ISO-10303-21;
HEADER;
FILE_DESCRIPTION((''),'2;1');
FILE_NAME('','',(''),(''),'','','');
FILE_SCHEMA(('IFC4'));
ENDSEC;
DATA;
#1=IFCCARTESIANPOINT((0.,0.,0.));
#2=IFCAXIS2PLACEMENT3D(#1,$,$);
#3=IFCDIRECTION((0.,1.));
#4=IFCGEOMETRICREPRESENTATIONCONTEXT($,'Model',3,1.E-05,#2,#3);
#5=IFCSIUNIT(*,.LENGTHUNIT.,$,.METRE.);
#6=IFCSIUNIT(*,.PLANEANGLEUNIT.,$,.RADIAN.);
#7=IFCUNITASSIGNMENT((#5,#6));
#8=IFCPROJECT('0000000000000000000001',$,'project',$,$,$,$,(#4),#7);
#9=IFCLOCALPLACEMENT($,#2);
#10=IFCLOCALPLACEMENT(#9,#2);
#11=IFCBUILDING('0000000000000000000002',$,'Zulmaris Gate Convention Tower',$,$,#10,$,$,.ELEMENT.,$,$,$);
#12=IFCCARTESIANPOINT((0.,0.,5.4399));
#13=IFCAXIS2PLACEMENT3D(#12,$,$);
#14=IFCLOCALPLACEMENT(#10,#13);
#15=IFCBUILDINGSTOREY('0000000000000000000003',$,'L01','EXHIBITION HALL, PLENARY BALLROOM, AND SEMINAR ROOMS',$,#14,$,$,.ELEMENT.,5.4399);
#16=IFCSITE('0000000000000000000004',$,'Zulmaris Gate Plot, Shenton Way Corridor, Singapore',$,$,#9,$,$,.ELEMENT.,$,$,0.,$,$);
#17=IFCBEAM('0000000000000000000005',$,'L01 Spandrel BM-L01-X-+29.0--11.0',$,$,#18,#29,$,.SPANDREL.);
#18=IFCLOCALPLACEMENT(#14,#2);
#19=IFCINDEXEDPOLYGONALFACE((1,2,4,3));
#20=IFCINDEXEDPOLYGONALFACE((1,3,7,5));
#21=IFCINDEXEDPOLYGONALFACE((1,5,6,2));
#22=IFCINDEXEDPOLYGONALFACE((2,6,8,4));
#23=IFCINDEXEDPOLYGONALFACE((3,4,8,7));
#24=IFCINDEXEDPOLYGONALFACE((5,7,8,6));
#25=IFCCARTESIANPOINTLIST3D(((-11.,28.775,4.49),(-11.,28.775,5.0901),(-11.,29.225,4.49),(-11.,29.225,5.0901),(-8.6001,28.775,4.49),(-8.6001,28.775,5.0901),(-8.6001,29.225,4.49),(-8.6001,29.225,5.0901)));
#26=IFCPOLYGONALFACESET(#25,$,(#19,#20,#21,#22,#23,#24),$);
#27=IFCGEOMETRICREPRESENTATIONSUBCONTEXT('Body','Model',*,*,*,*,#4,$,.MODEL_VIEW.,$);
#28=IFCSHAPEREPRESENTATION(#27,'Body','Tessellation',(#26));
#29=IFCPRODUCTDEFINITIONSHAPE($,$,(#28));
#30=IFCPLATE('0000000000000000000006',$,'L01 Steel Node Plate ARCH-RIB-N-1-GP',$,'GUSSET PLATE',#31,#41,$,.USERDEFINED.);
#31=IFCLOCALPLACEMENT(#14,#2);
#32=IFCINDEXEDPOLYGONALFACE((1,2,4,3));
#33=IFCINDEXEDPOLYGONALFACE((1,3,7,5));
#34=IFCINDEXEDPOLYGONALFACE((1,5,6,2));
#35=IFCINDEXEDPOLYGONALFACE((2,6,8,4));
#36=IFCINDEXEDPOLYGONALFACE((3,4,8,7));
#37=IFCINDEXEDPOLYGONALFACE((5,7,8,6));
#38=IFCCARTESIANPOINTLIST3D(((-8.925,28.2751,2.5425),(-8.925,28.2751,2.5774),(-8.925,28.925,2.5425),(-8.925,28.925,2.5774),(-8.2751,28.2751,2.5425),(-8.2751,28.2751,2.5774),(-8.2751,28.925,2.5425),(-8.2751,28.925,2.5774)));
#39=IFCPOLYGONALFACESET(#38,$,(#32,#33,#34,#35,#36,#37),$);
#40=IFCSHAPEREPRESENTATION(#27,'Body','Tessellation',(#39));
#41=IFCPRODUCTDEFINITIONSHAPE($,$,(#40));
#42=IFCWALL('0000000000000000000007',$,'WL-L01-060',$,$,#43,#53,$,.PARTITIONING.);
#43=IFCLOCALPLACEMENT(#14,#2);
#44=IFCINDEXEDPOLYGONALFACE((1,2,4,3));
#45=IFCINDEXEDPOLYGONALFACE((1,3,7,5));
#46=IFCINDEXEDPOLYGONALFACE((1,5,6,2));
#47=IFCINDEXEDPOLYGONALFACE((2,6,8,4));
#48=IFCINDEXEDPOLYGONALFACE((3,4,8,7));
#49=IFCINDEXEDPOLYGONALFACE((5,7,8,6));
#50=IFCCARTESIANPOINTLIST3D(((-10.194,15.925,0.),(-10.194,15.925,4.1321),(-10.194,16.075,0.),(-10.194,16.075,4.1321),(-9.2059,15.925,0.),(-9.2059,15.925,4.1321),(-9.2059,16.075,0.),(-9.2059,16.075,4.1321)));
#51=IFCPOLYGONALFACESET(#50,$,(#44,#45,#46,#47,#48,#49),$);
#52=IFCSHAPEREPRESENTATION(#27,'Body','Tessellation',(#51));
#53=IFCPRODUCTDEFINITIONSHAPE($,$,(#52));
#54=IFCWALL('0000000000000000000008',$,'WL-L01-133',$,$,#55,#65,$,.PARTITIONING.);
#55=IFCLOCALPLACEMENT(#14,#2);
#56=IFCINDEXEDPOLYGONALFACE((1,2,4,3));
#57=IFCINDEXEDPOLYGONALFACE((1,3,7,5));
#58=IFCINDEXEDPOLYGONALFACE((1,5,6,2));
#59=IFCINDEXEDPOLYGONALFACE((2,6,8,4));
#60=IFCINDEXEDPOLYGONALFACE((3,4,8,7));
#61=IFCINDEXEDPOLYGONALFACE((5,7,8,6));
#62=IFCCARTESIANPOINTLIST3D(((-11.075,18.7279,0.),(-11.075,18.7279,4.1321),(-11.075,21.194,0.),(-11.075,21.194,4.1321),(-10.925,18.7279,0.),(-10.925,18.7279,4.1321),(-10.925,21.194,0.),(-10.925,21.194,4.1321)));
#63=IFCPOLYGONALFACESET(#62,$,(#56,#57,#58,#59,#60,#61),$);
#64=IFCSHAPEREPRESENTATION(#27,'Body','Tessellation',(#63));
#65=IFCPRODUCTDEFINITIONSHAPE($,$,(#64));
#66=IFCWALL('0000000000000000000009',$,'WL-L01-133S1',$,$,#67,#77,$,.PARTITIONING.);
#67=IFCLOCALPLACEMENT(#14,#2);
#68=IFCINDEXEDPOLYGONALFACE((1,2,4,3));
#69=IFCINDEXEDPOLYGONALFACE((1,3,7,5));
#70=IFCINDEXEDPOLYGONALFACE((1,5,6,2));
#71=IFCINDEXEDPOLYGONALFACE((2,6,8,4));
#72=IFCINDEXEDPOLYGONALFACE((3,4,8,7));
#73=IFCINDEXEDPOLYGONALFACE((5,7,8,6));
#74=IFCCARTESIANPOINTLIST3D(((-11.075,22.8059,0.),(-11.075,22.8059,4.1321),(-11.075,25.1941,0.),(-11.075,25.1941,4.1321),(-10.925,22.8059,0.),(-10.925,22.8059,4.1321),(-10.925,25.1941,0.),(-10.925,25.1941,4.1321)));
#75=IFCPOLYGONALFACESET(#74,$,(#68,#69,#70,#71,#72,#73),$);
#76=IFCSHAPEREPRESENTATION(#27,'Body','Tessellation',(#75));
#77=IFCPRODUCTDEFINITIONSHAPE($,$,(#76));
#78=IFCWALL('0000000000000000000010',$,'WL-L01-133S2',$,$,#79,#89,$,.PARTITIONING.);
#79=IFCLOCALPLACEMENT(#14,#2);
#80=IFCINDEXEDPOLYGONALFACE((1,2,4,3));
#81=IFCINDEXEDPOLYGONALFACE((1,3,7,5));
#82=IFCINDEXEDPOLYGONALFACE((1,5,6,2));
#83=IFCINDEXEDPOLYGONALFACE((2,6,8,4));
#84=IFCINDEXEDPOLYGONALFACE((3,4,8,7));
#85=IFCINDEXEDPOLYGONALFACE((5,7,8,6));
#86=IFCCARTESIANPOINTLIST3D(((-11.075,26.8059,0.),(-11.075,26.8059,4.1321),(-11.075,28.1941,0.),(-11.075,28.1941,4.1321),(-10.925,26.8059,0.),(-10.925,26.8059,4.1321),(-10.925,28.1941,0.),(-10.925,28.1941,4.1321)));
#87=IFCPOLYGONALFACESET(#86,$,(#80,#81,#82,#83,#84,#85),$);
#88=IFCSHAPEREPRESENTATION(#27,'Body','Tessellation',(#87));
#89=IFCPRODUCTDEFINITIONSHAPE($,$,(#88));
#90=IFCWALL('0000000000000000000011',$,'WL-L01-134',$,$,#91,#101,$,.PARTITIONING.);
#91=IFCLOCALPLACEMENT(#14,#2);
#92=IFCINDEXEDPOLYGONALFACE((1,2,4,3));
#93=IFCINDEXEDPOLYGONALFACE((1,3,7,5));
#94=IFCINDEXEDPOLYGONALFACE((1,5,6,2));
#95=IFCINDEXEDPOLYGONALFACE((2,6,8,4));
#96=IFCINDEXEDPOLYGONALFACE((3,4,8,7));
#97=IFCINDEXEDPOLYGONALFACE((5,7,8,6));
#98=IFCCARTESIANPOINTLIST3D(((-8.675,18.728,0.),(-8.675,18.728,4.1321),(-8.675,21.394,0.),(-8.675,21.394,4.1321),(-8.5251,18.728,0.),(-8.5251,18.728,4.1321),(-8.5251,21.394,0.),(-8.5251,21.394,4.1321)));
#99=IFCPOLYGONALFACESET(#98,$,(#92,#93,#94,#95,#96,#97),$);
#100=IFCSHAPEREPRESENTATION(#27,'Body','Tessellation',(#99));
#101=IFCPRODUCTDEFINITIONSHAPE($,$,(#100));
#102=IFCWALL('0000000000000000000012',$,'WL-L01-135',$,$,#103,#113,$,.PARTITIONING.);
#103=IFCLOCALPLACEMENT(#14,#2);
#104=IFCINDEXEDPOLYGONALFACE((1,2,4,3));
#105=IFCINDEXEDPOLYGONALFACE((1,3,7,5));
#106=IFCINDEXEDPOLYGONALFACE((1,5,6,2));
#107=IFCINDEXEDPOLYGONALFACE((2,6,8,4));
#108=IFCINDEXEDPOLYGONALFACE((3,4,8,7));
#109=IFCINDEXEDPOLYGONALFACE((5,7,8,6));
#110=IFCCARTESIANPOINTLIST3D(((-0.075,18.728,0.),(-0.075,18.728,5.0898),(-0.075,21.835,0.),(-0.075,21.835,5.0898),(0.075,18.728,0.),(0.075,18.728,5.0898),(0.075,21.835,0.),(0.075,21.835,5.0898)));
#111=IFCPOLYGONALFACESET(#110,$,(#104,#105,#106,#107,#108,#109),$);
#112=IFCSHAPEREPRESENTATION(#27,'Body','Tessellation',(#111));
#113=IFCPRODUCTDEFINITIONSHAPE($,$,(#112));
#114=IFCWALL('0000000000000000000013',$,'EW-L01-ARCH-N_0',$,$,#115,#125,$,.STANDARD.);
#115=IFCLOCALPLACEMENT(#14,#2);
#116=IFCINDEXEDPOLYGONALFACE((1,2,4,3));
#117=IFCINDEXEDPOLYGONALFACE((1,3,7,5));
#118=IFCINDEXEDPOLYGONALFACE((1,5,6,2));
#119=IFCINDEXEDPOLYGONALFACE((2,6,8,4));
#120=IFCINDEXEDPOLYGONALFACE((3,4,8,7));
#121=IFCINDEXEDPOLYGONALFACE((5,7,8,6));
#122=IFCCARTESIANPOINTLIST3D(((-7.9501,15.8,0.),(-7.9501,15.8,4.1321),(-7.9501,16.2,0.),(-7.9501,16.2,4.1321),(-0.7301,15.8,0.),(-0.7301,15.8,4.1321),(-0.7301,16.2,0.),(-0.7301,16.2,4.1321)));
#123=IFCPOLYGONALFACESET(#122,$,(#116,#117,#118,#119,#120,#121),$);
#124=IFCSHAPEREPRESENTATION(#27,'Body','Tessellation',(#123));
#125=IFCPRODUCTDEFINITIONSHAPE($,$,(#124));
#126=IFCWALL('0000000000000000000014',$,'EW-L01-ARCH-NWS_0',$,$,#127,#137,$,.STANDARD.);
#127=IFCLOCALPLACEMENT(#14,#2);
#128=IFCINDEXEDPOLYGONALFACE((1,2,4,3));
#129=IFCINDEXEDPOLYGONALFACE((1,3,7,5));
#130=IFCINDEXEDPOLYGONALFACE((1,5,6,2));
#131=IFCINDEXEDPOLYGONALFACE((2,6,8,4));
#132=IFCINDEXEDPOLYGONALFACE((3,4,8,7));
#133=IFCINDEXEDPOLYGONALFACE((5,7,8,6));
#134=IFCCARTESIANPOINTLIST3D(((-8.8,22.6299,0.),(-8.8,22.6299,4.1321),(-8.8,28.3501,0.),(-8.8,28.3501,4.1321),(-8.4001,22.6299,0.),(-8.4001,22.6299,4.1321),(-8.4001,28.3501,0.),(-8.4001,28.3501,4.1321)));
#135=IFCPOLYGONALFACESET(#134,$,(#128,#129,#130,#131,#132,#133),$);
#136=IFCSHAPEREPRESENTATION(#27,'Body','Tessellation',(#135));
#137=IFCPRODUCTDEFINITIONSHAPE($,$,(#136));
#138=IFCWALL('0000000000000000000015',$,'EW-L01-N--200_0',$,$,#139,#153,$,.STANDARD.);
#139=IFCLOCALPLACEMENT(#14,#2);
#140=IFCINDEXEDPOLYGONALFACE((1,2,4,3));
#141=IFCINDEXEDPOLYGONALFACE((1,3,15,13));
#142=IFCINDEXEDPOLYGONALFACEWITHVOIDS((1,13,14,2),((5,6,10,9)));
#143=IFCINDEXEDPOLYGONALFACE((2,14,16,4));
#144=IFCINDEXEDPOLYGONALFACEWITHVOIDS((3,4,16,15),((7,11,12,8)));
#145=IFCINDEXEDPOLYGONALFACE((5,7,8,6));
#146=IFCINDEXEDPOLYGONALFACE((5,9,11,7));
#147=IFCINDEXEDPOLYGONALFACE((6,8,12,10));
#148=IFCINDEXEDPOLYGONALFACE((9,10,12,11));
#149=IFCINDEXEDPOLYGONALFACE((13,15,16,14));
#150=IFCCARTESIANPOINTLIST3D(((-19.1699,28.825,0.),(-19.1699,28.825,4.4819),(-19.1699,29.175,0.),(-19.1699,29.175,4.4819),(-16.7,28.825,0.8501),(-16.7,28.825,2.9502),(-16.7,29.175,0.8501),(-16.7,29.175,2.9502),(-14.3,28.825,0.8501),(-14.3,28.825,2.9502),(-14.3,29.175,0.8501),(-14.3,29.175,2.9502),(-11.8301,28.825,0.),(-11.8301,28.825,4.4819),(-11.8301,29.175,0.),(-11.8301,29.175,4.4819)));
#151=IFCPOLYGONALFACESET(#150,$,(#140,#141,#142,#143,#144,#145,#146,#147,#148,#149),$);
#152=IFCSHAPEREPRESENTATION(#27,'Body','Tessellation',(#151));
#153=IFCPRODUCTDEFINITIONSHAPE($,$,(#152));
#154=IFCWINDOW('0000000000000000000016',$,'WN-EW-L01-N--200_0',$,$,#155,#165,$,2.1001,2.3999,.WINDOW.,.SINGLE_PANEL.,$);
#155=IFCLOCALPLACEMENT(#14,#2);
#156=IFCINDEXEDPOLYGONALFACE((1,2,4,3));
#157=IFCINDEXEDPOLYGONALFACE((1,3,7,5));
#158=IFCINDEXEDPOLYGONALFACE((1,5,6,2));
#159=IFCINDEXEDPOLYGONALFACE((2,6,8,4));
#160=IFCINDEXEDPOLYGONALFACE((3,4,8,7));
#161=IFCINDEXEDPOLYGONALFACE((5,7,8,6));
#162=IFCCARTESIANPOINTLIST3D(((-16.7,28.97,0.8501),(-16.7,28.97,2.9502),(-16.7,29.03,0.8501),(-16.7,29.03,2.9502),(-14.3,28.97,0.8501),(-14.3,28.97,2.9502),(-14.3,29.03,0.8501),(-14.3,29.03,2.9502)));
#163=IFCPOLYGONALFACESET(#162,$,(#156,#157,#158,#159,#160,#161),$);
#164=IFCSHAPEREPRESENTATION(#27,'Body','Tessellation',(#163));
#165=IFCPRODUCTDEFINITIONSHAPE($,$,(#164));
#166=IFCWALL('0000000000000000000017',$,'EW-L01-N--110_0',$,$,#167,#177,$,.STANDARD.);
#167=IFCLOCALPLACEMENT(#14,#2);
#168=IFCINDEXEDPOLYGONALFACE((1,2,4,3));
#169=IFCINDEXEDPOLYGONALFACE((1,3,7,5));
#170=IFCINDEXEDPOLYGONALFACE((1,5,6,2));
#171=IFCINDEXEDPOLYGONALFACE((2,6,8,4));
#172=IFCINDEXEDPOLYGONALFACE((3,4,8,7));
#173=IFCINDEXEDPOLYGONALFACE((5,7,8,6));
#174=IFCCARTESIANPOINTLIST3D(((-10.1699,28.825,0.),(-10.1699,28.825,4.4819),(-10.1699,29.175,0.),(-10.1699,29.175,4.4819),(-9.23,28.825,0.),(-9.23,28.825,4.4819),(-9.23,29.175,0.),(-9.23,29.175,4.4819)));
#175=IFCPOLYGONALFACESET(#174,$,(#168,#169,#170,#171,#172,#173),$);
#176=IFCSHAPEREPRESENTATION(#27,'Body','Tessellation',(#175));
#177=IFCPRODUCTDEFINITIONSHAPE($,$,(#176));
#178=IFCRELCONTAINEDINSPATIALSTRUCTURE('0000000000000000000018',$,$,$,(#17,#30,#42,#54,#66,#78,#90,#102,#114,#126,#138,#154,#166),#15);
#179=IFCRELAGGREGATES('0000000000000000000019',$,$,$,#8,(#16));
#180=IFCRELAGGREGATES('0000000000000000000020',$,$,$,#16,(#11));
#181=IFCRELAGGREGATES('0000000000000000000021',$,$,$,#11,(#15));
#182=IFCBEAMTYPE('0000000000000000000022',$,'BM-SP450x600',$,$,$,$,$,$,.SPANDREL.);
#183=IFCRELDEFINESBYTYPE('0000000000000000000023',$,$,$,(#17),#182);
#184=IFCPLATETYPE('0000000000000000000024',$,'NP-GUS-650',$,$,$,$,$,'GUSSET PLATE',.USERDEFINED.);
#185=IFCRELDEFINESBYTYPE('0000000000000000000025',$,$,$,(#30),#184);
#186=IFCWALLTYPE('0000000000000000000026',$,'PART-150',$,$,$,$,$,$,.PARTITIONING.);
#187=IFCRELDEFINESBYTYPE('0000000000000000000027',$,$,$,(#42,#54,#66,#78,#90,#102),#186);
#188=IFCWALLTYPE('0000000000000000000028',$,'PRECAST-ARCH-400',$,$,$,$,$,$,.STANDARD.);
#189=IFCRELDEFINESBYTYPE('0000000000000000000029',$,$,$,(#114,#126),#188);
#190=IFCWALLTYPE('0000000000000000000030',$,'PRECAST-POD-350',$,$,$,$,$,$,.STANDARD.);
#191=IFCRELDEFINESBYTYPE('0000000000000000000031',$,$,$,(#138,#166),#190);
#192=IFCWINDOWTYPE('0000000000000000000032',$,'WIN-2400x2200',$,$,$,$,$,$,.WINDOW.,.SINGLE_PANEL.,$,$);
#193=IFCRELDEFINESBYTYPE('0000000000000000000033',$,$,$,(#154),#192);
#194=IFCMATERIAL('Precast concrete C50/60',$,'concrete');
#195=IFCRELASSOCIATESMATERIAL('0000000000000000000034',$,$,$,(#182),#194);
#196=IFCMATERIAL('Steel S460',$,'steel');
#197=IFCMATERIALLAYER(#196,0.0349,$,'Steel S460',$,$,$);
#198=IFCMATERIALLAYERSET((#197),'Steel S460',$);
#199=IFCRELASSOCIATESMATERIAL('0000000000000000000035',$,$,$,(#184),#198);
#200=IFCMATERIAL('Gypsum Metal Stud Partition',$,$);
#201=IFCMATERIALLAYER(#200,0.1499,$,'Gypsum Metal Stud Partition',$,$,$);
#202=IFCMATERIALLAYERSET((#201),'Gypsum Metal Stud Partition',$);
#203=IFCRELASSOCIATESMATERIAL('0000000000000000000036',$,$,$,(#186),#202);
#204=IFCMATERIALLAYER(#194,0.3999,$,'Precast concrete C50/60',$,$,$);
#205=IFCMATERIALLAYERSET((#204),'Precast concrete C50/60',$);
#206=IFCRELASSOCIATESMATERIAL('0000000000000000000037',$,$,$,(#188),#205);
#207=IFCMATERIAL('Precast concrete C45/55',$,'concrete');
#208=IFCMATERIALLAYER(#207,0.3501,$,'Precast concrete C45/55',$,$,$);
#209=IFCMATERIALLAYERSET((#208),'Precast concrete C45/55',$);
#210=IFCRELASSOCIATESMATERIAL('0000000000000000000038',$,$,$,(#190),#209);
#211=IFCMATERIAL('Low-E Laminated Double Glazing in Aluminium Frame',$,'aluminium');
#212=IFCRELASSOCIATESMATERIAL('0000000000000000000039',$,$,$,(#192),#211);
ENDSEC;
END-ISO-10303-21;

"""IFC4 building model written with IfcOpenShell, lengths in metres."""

from ifc_helpers import new_model, si_unit, direction, frame, frame_2d, origin, origin_2d, place, context, subcontext, project, spatial, rectangle, extrude, material, layer, layer_set, material_profile, profile_set, type_object, element, fill, save


model = new_model("IFC4")

# Units and contexts
model_context = context("Model", 3, precision=1e-05, world=origin(), true_north=direction((0.0, 1.0)))
body_context = subcontext(model_context, "Body", "Model", "MODEL_VIEW")
ifc_project = project(units=[si_unit("LENGTHUNIT", "METRE"), si_unit("PLANEANGLEUNIT", "RADIAN")], contexts=[model_context])

# Site, building, storey
site_placement = place(None, origin())
site = spatial("IfcSite", under=ifc_project, at=site_placement, Name="Zulmaris Gate Plot, Shenton Way Corridor, Singapore", CompositionType="ELEMENT", RefElevation=0.0)
building_placement = place(site_placement, origin())
building = spatial("IfcBuilding", under=site, at=building_placement, Name="Zulmaris Gate Convention Tower", CompositionType="ELEMENT")
storey_placement = place(building_placement, frame((0.0, 0.0, 5.4399)))
storey = spatial("IfcBuildingStorey", under=building, at=storey_placement, Name="L01", Description="EXHIBITION HALL, PLENARY BALLROOM, AND SEMINAR ROOMS", CompositionType="ELEMENT", Elevation=5.4399)

# Beam
ifc_material_1 = material(Name="Precast concrete C50/60", Category="concrete")
ifc_material_profile_1 = material_profile(ifc_material_1, rectangle(XDim=0.45, YDim=0.6001, at=origin_2d()), Name="RC SPANDREL 450x600")
ifc_profile_set_1 = profile_set([ifc_material_profile_1], Name="Precast concrete C50/60")
beam_type_1 = type_object("IfcBeamType", Name="BM-SP450x600", PredefinedType="SPANDREL", material=ifc_profile_set_1)
beam_1_placement = place(storey_placement, frame((-11.0, 29.0, 4.79), z_axis=(1.0, 0.0, 0.0), x_axis=(0.0, 1.0, 0.0)))
element("IfcBeam", 1, at=beam_1_placement, inside=storey, type_object=beam_type_1, Name="L01 Spandrel BM-L01-X-+29.0--11.0", PredefinedType="SPANDREL", context=body_context, shape_type="SweptSolid", body=[
    extrude(rectangle(XDim=0.45, YDim=0.6001, at=origin_2d()), origin(), (0.0, 0.0, 1.0), 2.3999),
])

# Plate
ifc_material_2 = material(Name="Steel S460", Category="steel")
ifc_layer_1 = layer(ifc_material_2, 0.0349, Name="Steel S460")
ifc_layer_set_1 = layer_set([ifc_layer_1], Name="Steel S460")
plate_type = type_object("IfcPlateType", Name="NP-GUS-650", ElementType="GUSSET PLATE", PredefinedType="USERDEFINED", material=ifc_layer_set_1)
plate_placement = place(storey_placement, frame((-8.6001, 28.6001, 2.5425), z_axis=(0.0, 0.0, 1.0), x_axis=(1.0, 0.0, 0.0)))
element("IfcPlate", 2, at=plate_placement, inside=storey, type_object=plate_type, Name="L01 Steel Node Plate ARCH-RIB-N-1-GP", ObjectType="GUSSET PLATE", PredefinedType="USERDEFINED", context=body_context, shape_type="SweptSolid", body=[
    extrude(rectangle(XDim=0.6499, YDim=0.6499, at=origin_2d()), origin(), (0.0, 0.0, 1.0), 0.0349),
])

# Walls
ifc_material_3 = material(Name="Gypsum Metal Stud Partition")
ifc_layer_2 = layer(ifc_material_3, 0.1499, Name="Gypsum Metal Stud Partition")
ifc_layer_set_2 = layer_set([ifc_layer_2], Name="Gypsum Metal Stud Partition")
wall_type_1 = type_object("IfcWallType", Name="PART-150", PredefinedType="PARTITIONING", material=ifc_layer_set_2)
wall_1_placement = place(storey_placement, frame((-10.1941, 16.0, 0.0), z_axis=(0.0, 0.0, 1.0), x_axis=(1.0, 0.0, 0.0)))
element("IfcWall", 3, at=wall_1_placement, inside=storey, type_object=wall_type_1, Name="WL-L01-060", PredefinedType="PARTITIONING", context=body_context, shape_type="SweptSolid", body=[
    extrude(rectangle(XDim=0.988, YDim=0.1499, at=frame_2d((0.4941, 0.0))), origin(), (0.0, 0.0, 1.0), 4.1321),
])
wall_2_placement = place(storey_placement, frame((-11.0, 18.728, 0.0), z_axis=(0.0, 0.0, 1.0), x_axis=(0.0, 1.0, 0.0)))
element("IfcWall", 4, at=wall_2_placement, inside=storey, type_object=wall_type_1, Name="WL-L01-133", PredefinedType="PARTITIONING", context=body_context, shape_type="SweptSolid", body=[
    extrude(rectangle(XDim=2.4661, YDim=0.1499, at=frame_2d((1.2329, 0.0))), origin(), (0.0, 0.0, 1.0), 4.1321),
])
wall_3_placement = place(storey_placement, frame((-11.0, 22.8059, 0.0), z_axis=(0.0, 0.0, 1.0), x_axis=(0.0, 1.0, 0.0)))
element("IfcWall", 5, at=wall_3_placement, inside=storey, type_object=wall_type_1, Name="WL-L01-133S1", PredefinedType="PARTITIONING", context=body_context, shape_type="SweptSolid", body=[
    extrude(rectangle(XDim=2.3882, YDim=0.1499, at=frame_2d((1.1941, 0.0))), origin(), (0.0, 0.0, 1.0), 4.1321),
])
wall_4_placement = place(storey_placement, frame((-11.0, 26.8059, 0.0), z_axis=(0.0, 0.0, 1.0), x_axis=(0.0, 1.0, 0.0)))
element("IfcWall", 6, at=wall_4_placement, inside=storey, type_object=wall_type_1, Name="WL-L01-133S2", PredefinedType="PARTITIONING", context=body_context, shape_type="SweptSolid", body=[
    extrude(rectangle(XDim=1.3882, YDim=0.1499, at=frame_2d((0.6941, 0.0))), origin(), (0.0, 0.0, 1.0), 4.1321),
])
wall_5_placement = place(storey_placement, frame((-8.6001, 18.728, 0.0), z_axis=(0.0, 0.0, 1.0), x_axis=(0.0, 1.0, 0.0)))
element("IfcWall", 7, at=wall_5_placement, inside=storey, type_object=wall_type_1, Name="WL-L01-134", PredefinedType="PARTITIONING", context=body_context, shape_type="SweptSolid", body=[
    extrude(rectangle(XDim=2.666, YDim=0.1499, at=frame_2d((1.333, 0.0))), origin(), (0.0, 0.0, 1.0), 4.1321),
])
wall_6_placement = place(storey_placement, frame((0.0, 18.728, 0.0), z_axis=(0.0, 0.0, 1.0), x_axis=(0.0, 1.0, 0.0)))
element("IfcWall", 8, at=wall_6_placement, inside=storey, type_object=wall_type_1, Name="WL-L01-135", PredefinedType="PARTITIONING", context=body_context, shape_type="SweptSolid", body=[
    extrude(rectangle(XDim=3.1069, YDim=0.1499, at=frame_2d((1.5535, 0.0))), origin(), (0.0, 0.0, 1.0), 5.0898),
])
ifc_layer_3 = layer(ifc_material_1, 0.3999, Name="Precast concrete C50/60")
ifc_layer_set_3 = layer_set([ifc_layer_3], Name="Precast concrete C50/60")
wall_type_2 = type_object("IfcWallType", Name="PRECAST-ARCH-400", PredefinedType="STANDARD", material=ifc_layer_set_3)
wall_7_placement = place(storey_placement, frame((-7.95, 16.0, 0.0), z_axis=(0.0, 0.0, 1.0), x_axis=(1.0, 0.0, 0.0)))
element("IfcWall", 9, at=wall_7_placement, inside=storey, type_object=wall_type_2, Name="EW-L01-ARCH-N_0", PredefinedType="STANDARD", context=body_context, shape_type="SweptSolid", body=[
    extrude(rectangle(XDim=7.22, YDim=0.3999, at=frame_2d((3.6099, 0.0))), origin(), (0.0, 0.0, 1.0), 4.1321),
])
wall_8_placement = place(storey_placement, frame((-8.6001, 22.6299, 0.0), z_axis=(0.0, 0.0, 1.0), x_axis=(0.0, 1.0, 0.0)))
element("IfcWall", 10, at=wall_8_placement, inside=storey, type_object=wall_type_2, Name="EW-L01-ARCH-NWS_0", PredefinedType="STANDARD", context=body_context, shape_type="SweptSolid", body=[
    extrude(rectangle(XDim=5.7202, YDim=0.3999, at=frame_2d((2.8601, 0.0))), origin(), (0.0, 0.0, 1.0), 4.1321),
])

# Wall, opening, window
ifc_material_4 = material(Name="Precast concrete C45/55", Category="concrete")
ifc_layer_4 = layer(ifc_material_4, 0.3501, Name="Precast concrete C45/55")
ifc_layer_set_4 = layer_set([ifc_layer_4], Name="Precast concrete C45/55")
wall_type_3 = type_object("IfcWallType", Name="PRECAST-POD-350", PredefinedType="STANDARD", material=ifc_layer_set_4)
wall_9_placement = place(storey_placement, frame((-11.8301, 29.0, 0.0), z_axis=(0.0, 0.0, 1.0), x_axis=(-1.0, 0.0, 0.0)))
wall_9 = element("IfcWall", 11, at=wall_9_placement, inside=storey, type_object=wall_type_3, Name="EW-L01-N--200_0", PredefinedType="STANDARD", context=body_context, shape_type="SweptSolid", body=[
    extrude(rectangle(XDim=7.3398, YDim=0.3501, at=frame_2d((3.6699, 0.0))), origin(), (0.0, 0.0, 1.0), 4.4819),
])
opening_placement = place(wall_9_placement, frame((2.47, 0.0, 0.8501)))
opening = element("IfcOpeningElement", 12, at=opening_placement, cuts=wall_9, PredefinedType="OPENING", context=body_context, shape_type="SweptSolid", body=[
    extrude(rectangle(XDim=2.3999, YDim=2.1001, at=frame_2d((1.2, 1.05))), frame((0.0, 0.1851, 0.0), z_axis=(0.0, -1.0, 0.0), x_axis=(1.0, 0.0, 0.0)), (0.0, 0.0, 1.0), 0.3701),
])
ifc_material_5 = material(Name="Low-E Laminated Double Glazing in Aluminium Frame", Category="aluminium")
window_type = type_object("IfcWindowType", Name="WIN-2400x2200", PartitioningType="SINGLE_PANEL", PredefinedType="WINDOW", material=ifc_material_5)
window_placement = place(opening_placement, origin())
window = element("IfcWindow", 13, at=window_placement, inside=storey, type_object=window_type, Name="WN-EW-L01-N--200_0", OverallHeight=2.1001, OverallWidth=2.3999, PartitioningType="SINGLE_PANEL", PredefinedType="WINDOW", context=body_context, shape_type="SweptSolid", body=[
    extrude(rectangle(XDim=2.3999, YDim=2.1001, at=frame_2d((1.2, 1.05))), frame((0.0, 0.03, 0.0), z_axis=(0.0, -1.0, 0.0), x_axis=(1.0, 0.0, 0.0)), (0.0, 0.0, 1.0), 0.0601),
])
fill(opening, window)

# Wall
wall_10_placement = place(storey_placement, frame((-9.23, 29.0, 0.0), z_axis=(0.0, 0.0, 1.0), x_axis=(-1.0, 0.0, 0.0)))
element("IfcWall", 14, at=wall_10_placement, inside=storey, type_object=wall_type_3, Name="EW-L01-N--110_0", PredefinedType="STANDARD", context=body_context, shape_type="SweptSolid", body=[
    extrude(rectangle(XDim=0.9399, YDim=0.3501, at=frame_2d((0.47, 0.0))), origin(), (0.0, 0.0, 1.0), 4.4819),
])

save(model, "model.ifc")
